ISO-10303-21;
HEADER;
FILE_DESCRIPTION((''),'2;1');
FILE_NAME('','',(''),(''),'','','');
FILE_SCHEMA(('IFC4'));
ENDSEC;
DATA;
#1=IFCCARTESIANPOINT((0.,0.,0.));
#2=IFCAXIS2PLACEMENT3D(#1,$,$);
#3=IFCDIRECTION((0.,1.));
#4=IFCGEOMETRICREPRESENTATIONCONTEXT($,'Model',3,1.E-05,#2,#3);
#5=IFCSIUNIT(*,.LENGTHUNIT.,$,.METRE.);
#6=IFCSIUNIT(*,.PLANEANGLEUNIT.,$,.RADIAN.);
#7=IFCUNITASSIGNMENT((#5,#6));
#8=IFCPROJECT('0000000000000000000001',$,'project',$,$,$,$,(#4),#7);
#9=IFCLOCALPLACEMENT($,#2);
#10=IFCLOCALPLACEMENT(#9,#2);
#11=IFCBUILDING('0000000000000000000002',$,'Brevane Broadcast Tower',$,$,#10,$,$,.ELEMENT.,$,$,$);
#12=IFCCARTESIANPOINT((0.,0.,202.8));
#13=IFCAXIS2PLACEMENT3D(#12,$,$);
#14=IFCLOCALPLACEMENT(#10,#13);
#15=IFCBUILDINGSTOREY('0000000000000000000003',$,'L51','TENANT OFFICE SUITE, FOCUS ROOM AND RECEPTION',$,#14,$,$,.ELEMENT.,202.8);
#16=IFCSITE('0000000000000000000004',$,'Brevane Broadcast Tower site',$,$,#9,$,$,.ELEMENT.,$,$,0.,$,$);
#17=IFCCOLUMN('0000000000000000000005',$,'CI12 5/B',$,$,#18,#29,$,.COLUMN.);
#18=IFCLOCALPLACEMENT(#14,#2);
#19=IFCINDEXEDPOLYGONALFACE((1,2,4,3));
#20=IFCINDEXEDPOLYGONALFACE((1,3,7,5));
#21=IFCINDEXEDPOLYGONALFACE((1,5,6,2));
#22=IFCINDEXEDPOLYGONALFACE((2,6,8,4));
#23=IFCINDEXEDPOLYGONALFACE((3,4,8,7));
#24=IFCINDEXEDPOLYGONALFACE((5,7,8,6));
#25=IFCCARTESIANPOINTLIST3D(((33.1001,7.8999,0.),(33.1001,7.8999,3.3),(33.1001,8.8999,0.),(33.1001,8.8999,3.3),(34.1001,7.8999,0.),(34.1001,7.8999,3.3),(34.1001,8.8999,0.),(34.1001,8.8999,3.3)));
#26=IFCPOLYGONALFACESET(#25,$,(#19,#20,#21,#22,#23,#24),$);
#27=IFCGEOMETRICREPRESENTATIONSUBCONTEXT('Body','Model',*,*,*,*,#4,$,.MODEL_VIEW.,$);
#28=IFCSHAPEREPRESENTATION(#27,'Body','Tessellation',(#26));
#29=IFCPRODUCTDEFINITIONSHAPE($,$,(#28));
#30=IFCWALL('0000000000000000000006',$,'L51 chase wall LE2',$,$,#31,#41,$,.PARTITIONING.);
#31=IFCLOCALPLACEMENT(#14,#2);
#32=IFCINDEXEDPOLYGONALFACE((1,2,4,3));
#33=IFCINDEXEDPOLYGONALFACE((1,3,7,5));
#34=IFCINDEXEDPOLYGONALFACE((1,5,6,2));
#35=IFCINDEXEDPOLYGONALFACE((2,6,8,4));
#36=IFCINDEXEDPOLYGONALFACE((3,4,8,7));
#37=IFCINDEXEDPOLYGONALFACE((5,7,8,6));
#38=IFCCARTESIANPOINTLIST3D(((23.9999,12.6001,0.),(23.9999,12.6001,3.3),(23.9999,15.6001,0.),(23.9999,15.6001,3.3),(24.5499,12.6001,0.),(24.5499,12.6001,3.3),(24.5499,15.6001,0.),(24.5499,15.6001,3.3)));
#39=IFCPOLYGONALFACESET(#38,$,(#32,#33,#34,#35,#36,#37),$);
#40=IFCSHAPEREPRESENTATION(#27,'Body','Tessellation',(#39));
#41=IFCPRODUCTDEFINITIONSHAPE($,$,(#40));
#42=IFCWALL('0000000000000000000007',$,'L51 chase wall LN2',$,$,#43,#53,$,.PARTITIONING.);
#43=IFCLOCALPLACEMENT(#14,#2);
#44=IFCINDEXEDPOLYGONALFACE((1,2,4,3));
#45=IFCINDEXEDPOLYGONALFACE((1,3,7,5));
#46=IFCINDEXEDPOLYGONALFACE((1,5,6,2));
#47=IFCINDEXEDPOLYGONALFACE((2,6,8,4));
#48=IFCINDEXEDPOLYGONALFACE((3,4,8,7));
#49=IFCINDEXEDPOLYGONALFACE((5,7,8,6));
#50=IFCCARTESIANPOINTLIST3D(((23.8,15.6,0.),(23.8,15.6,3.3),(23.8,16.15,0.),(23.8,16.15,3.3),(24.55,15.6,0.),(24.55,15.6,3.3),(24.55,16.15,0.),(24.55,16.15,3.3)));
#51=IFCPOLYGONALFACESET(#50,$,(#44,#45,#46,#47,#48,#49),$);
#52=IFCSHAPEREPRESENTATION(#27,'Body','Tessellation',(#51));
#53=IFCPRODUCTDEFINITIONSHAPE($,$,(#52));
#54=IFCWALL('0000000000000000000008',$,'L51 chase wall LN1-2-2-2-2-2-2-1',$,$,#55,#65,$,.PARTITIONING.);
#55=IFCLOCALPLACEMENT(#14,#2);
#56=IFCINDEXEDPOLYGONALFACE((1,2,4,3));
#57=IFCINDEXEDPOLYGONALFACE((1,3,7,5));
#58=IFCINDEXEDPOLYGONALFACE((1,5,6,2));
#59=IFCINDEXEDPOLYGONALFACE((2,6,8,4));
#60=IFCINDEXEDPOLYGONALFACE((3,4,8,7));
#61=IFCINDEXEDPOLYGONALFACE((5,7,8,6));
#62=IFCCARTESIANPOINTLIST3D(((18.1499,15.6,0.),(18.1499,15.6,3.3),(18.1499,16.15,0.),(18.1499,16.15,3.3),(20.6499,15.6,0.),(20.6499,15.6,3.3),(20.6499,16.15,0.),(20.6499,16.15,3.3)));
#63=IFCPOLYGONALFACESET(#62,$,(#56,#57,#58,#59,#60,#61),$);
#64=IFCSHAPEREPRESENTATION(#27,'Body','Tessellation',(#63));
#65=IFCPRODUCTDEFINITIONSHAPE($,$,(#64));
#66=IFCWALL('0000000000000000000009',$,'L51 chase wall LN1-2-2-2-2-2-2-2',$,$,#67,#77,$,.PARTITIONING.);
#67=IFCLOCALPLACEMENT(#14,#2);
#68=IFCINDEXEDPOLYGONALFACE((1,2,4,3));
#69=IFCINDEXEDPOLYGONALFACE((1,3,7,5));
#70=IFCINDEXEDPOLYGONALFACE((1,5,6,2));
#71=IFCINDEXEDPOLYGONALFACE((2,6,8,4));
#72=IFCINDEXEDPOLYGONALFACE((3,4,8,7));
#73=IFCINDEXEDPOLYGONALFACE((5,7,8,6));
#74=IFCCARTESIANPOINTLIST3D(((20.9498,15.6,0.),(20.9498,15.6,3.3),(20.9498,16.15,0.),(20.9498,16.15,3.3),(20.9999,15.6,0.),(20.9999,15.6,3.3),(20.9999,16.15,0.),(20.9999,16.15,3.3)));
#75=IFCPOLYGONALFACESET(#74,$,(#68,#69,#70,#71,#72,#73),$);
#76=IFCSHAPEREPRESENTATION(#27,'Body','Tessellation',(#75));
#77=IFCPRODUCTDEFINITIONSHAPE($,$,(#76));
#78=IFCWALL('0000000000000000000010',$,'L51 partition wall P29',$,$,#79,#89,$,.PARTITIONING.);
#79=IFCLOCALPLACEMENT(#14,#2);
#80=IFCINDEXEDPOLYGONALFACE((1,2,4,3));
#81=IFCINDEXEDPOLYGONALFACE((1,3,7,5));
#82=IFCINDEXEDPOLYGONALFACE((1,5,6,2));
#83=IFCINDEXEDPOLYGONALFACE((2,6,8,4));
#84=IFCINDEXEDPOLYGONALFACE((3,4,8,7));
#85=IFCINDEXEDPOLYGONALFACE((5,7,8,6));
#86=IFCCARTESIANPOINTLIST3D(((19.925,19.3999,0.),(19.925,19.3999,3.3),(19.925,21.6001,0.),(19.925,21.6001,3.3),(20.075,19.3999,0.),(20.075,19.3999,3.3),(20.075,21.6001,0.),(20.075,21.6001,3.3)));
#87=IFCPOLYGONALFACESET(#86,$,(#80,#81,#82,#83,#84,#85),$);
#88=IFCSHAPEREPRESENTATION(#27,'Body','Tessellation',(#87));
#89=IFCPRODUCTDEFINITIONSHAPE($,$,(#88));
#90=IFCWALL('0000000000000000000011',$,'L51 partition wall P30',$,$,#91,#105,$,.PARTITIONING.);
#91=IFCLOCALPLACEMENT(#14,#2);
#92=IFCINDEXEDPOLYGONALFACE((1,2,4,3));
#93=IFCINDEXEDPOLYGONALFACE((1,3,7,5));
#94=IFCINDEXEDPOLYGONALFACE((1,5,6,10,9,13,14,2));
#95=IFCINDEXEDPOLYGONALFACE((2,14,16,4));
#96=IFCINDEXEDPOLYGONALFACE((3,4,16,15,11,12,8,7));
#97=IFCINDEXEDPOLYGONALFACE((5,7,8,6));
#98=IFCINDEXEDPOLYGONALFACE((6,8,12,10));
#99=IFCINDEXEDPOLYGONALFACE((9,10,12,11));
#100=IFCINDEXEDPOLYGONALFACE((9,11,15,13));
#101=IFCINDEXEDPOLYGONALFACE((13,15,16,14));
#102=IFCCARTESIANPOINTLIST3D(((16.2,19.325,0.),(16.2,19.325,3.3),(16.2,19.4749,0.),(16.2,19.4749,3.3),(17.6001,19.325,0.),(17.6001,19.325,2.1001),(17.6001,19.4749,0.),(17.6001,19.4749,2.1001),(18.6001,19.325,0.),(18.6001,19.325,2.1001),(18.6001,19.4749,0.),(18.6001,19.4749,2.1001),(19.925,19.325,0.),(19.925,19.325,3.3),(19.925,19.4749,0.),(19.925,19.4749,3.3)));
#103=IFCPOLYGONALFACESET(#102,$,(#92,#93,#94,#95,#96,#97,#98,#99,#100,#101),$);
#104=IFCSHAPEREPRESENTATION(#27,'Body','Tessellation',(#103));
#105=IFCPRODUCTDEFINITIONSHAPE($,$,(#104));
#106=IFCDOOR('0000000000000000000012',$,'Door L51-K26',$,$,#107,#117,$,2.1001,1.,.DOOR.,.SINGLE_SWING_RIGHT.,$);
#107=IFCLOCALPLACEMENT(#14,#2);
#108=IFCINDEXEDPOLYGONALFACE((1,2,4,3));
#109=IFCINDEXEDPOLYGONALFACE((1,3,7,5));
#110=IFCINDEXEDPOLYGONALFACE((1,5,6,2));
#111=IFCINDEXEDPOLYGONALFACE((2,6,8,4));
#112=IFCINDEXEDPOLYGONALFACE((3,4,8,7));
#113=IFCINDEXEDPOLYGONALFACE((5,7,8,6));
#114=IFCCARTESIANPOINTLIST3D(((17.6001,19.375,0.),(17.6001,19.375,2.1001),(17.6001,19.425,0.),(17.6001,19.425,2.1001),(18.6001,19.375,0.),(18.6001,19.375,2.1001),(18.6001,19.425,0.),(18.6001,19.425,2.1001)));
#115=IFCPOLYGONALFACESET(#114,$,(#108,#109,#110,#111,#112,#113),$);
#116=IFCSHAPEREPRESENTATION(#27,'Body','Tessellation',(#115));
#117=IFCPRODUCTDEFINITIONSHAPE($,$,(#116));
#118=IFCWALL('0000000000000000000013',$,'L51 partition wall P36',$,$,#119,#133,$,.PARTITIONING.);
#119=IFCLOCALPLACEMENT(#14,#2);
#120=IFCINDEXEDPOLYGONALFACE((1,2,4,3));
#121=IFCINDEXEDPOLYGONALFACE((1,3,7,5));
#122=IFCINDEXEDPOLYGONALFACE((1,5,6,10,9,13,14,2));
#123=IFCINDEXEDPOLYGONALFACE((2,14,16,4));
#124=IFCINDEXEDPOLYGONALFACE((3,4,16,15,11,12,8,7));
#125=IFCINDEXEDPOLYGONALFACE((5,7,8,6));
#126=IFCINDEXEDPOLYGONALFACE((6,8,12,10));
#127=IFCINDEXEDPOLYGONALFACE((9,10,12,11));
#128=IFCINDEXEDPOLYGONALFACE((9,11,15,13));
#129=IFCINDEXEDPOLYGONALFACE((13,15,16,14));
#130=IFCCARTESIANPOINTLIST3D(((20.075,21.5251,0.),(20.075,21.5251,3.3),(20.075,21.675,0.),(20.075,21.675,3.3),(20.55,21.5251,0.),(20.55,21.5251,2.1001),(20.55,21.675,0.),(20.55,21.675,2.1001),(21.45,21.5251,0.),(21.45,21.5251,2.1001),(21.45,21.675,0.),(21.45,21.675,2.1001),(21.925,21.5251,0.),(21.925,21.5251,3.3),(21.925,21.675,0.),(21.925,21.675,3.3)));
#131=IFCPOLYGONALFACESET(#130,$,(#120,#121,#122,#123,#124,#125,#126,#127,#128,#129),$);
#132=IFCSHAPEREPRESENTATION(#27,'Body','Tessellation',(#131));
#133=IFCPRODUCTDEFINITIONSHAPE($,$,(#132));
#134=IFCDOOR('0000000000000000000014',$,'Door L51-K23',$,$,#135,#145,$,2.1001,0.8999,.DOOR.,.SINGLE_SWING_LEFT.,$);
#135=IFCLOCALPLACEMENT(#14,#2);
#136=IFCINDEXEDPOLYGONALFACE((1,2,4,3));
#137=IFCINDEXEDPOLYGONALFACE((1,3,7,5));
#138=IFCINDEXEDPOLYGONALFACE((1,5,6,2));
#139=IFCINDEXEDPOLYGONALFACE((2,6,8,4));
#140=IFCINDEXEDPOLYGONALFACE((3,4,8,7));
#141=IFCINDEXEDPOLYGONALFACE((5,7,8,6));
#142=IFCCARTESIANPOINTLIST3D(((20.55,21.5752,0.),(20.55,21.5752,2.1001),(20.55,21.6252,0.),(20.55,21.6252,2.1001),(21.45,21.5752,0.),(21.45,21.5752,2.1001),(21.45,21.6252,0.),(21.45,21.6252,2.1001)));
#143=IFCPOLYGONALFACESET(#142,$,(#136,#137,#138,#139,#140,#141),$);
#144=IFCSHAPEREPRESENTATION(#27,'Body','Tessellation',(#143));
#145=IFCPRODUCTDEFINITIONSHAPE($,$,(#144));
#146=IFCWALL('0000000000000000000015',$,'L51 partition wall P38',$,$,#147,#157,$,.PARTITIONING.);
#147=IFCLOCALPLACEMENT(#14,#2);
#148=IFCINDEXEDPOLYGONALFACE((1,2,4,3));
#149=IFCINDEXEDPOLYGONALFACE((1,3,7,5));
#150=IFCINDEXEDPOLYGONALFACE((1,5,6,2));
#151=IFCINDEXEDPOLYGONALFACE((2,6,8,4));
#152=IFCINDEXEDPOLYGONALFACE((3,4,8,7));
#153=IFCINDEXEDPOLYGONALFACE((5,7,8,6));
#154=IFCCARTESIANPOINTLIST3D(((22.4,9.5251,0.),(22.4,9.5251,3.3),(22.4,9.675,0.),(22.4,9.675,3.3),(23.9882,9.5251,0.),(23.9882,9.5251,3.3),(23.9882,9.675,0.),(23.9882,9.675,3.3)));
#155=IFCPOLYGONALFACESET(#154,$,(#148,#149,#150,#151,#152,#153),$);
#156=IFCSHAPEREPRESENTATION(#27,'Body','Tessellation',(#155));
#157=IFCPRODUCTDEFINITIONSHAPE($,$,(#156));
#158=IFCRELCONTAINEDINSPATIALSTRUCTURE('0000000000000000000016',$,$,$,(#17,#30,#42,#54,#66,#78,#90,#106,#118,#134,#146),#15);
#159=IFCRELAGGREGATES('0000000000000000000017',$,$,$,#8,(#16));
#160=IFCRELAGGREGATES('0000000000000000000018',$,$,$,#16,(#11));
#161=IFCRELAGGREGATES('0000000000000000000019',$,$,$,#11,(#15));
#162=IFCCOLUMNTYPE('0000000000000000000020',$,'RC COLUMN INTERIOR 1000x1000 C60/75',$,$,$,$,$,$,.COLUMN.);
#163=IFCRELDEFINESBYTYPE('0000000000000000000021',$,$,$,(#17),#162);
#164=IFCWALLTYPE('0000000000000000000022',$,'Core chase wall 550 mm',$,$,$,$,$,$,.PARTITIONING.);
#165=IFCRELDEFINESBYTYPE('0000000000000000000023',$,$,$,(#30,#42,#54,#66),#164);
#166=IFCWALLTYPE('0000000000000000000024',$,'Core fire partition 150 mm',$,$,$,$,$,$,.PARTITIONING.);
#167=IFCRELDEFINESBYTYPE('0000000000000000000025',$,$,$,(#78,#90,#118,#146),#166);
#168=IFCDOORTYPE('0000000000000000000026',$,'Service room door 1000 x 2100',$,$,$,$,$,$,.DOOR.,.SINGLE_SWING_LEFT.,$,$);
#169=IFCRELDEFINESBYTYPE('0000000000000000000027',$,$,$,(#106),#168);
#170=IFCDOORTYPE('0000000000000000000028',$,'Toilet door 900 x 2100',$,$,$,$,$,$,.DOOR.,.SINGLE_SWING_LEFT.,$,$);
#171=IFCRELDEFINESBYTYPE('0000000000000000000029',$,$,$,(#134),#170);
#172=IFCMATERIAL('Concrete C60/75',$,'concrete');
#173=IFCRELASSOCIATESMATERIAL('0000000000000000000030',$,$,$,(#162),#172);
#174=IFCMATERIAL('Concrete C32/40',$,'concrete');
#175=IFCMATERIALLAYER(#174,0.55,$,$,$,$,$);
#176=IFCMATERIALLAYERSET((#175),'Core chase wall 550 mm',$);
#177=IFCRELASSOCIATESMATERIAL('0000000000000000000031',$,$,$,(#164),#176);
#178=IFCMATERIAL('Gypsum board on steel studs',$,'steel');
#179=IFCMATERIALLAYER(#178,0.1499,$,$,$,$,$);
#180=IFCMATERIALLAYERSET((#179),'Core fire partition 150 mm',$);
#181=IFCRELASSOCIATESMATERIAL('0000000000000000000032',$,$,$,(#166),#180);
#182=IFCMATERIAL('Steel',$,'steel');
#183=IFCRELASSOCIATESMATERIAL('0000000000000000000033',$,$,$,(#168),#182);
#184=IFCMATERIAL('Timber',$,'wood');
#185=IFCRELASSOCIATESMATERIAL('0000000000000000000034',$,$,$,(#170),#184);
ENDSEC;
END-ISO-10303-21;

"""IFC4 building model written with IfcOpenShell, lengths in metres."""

from ifc_helpers import new_model, si_unit, direction, frame, frame_2d, origin, origin_2d, place, context, subcontext, project, spatial, rectangle, extrude, material, layer, layer_set, material_profile, profile_set, type_object, element, fill, save


model = new_model("IFC4")

# Units and contexts
model_context = context("Model", 3, precision=1e-05, world=origin(), true_north=direction((0.0, 1.0)))
body_context = subcontext(model_context, "Body", "Model", "MODEL_VIEW")
ifc_project = project(units=[si_unit("LENGTHUNIT", "METRE"), si_unit("PLANEANGLEUNIT", "RADIAN")], contexts=[model_context])

# Site, building, storey
site_placement = place(None, origin())
site = spatial("IfcSite", under=ifc_project, at=site_placement, Name="Brevane Broadcast Tower site", CompositionType="ELEMENT", RefElevation=0.0)
building_placement = place(site_placement, origin())
building = spatial("IfcBuilding", under=site, at=building_placement, Name="Brevane Broadcast Tower", CompositionType="ELEMENT")
storey_placement = place(building_placement, frame((0.0, 0.0, 202.8)))
storey = spatial("IfcBuildingStorey", under=building, at=storey_placement, Name="L51", Description="TENANT OFFICE SUITE, FOCUS ROOM AND RECEPTION", CompositionType="ELEMENT", Elevation=202.8)

# Column
ifc_material_1 = material(Name="Concrete C60/75", Category="concrete")
ifc_material_profile = material_profile(ifc_material_1, rectangle(XDim=1.0, YDim=1.0, at=origin_2d()), Name="RC 1000x1000")
ifc_profile_set = profile_set([ifc_material_profile], Name="Concrete C60/75")
column_type = type_object("IfcColumnType", Name="RC COLUMN INTERIOR 1000x1000 C60/75", PredefinedType="COLUMN", material=ifc_profile_set)
column_placement = place(storey_placement, frame((33.6001, 8.3999, 0.0), z_axis=(0.0, 0.0, 1.0), x_axis=(1.0, 0.0, 0.0)))
element("IfcColumn", 1, at=column_placement, inside=storey, type_object=column_type, Name="CI12 5/B", PredefinedType="COLUMN", context=body_context, shape_type="SweptSolid", body=[
    extrude(rectangle(XDim=1.0, YDim=1.0, at=origin_2d()), origin(), (0.0, 0.0, 1.0), 3.3),
])

# Walls
ifc_material_2 = material(Name="Concrete C32/40", Category="concrete")
ifc_layer_1 = layer(ifc_material_2, 0.55)
ifc_layer_set_1 = layer_set([ifc_layer_1], Name="Core chase wall 550 mm")
wall_type_1 = type_object("IfcWallType", Name="Core chase wall 550 mm", PredefinedType="PARTITIONING", material=ifc_layer_set_1)
wall_1_placement = place(storey_placement, frame((24.2749, 12.6001, 0.0), z_axis=(0.0, 0.0, 1.0), x_axis=(0.0, 1.0, 0.0)))
element("IfcWall", 2, at=wall_1_placement, inside=storey, type_object=wall_type_1, Name="L51 chase wall LE2", PredefinedType="PARTITIONING", context=body_context, shape_type="SweptSolid", body=[
    extrude(rectangle(XDim=3.0, YDim=0.55, at=frame_2d((1.5, 0.0))), origin(), (0.0, 0.0, 1.0), 3.3),
])
wall_2_placement = place(storey_placement, frame((23.8, 15.875, 0.0), z_axis=(0.0, 0.0, 1.0), x_axis=(1.0, 0.0, 0.0)))
element("IfcWall", 3, at=wall_2_placement, inside=storey, type_object=wall_type_1, Name="L51 chase wall LN2", PredefinedType="PARTITIONING", context=body_context, shape_type="SweptSolid", body=[
    extrude(rectangle(XDim=0.75, YDim=0.55, at=frame_2d((0.375, 0.0))), origin(), (0.0, 0.0, 1.0), 3.3),
])
wall_3_placement = place(storey_placement, frame((18.1499, 15.875, 0.0), z_axis=(0.0, 0.0, 1.0), x_axis=(1.0, 0.0, 0.0)))
element("IfcWall", 4, at=wall_3_placement, inside=storey, type_object=wall_type_1, Name="L51 chase wall LN1-2-2-2-2-2-2-1", PredefinedType="PARTITIONING", context=body_context, shape_type="SweptSolid", body=[
    extrude(rectangle(XDim=2.5, YDim=0.55, at=frame_2d((1.25, 0.0))), origin(), (0.0, 0.0, 1.0), 3.3),
])
wall_4_placement = place(storey_placement, frame((20.95, 15.875, 0.0), z_axis=(0.0, 0.0, 1.0), x_axis=(1.0, 0.0, 0.0)))
element("IfcWall", 5, at=wall_4_placement, inside=storey, type_object=wall_type_1, Name="L51 chase wall LN1-2-2-2-2-2-2-2", PredefinedType="PARTITIONING", context=body_context, shape_type="SweptSolid", body=[
    extrude(rectangle(XDim=0.05, YDim=0.55, at=frame_2d((0.0249, 0.0))), origin(), (0.0, 0.0, 1.0), 3.3),
])
ifc_material_3 = material(Name="Gypsum board on steel studs", Category="steel")
ifc_layer_2 = layer(ifc_material_3, 0.1499)
ifc_layer_set_2 = layer_set([ifc_layer_2], Name="Core fire partition 150 mm")
wall_type_2 = type_object("IfcWallType", Name="Core fire partition 150 mm", PredefinedType="PARTITIONING", material=ifc_layer_set_2)
wall_5_placement = place(storey_placement, frame((20.0, 21.6001, 0.0), z_axis=(0.0, 0.0, 1.0), x_axis=(0.0, -1.0, 0.0)))
element("IfcWall", 6, at=wall_5_placement, inside=storey, type_object=wall_type_2, Name="L51 partition wall P29", PredefinedType="PARTITIONING", context=body_context, shape_type="SweptSolid", body=[
    extrude(rectangle(XDim=2.2002, YDim=0.1499, at=frame_2d((1.1001, 0.0))), origin(), (0.0, 0.0, 1.0), 3.3),
])

# Walls, openings, doors
wall_6_placement = place(storey_placement, frame((19.925, 19.3999, 0.0), z_axis=(0.0, 0.0, 1.0), x_axis=(-1.0, 0.0, 0.0)))
wall_6 = element("IfcWall", 7, at=wall_6_placement, inside=storey, type_object=wall_type_2, Name="L51 partition wall P30", PredefinedType="PARTITIONING", context=body_context, shape_type="SweptSolid", body=[
    extrude(rectangle(XDim=3.7251, YDim=0.1499, at=frame_2d((1.8625, 0.0))), origin(), (0.0, 0.0, 1.0), 3.3),
])
opening_1_placement = place(wall_6_placement, frame((1.325, 0.0, 0.0)))
opening_1 = element("IfcOpeningElement", 8, at=opening_1_placement, cuts=wall_6, PredefinedType="OPENING", context=body_context, shape_type="SweptSolid", body=[
    extrude(rectangle(XDim=1.0, YDim=2.1001, at=frame_2d((0.5, 1.05))), frame((0.0, 0.085, 0.0), z_axis=(0.0, -1.0, 0.0), x_axis=(1.0, 0.0, 0.0)), (0.0, 0.0, 1.0), 0.1699),
])
ifc_material_4 = material(Name="Steel", Category="steel")
door_type_1 = type_object("IfcDoorType", Name="Service room door 1000 x 2100", OperationType="SINGLE_SWING_LEFT", PredefinedType="DOOR", material=ifc_material_4)
door_1_placement = place(opening_1_placement, origin())
door_1 = element("IfcDoor", 9, at=door_1_placement, inside=storey, type_object=door_type_1, Name="Door L51-K26", OperationType="SINGLE_SWING_RIGHT", OverallHeight=2.1001, OverallWidth=1.0, PredefinedType="DOOR", context=body_context, shape_type="SweptSolid", body=[
    extrude(rectangle(XDim=1.0, YDim=2.1001, at=frame_2d((0.5, 1.05))), frame((0.0, 0.0249, 0.0), z_axis=(0.0, -1.0, 0.0), x_axis=(1.0, 0.0, 0.0)), (0.0, 0.0, 1.0), 0.05),
])
fill(opening_1, door_1)
wall_7_placement = place(storey_placement, frame((21.925, 21.6001, 0.0), z_axis=(0.0, 0.0, 1.0), x_axis=(-1.0, 0.0, 0.0)))
wall_7 = element("IfcWall", 10, at=wall_7_placement, inside=storey, type_object=wall_type_2, Name="L51 partition wall P36", PredefinedType="PARTITIONING", context=body_context, shape_type="SweptSolid", body=[
    extrude(rectangle(XDim=1.8501, YDim=0.1499, at=frame_2d((0.925, 0.0))), origin(), (0.0, 0.0, 1.0), 3.3),
])
opening_2_placement = place(wall_7_placement, frame((0.4751, 0.0, 0.0)))
opening_2 = element("IfcOpeningElement", 11, at=opening_2_placement, cuts=wall_7, PredefinedType="OPENING", context=body_context, shape_type="SweptSolid", body=[
    extrude(rectangle(XDim=0.8999, YDim=2.1001, at=frame_2d((0.45, 1.05))), frame((0.0, 0.085, 0.0), z_axis=(0.0, -1.0, 0.0), x_axis=(1.0, 0.0, 0.0)), (0.0, 0.0, 1.0), 0.1699),
])
ifc_material_5 = material(Name="Timber", Category="wood")
door_type_2 = type_object("IfcDoorType", Name="Toilet door 900 x 2100", OperationType="SINGLE_SWING_LEFT", PredefinedType="DOOR", material=ifc_material_5)
door_2_placement = place(opening_2_placement, origin())
door_2 = element("IfcDoor", 12, at=door_2_placement, inside=storey, type_object=door_type_2, Name="Door L51-K23", OperationType="SINGLE_SWING_LEFT", OverallHeight=2.1001, OverallWidth=0.8999, PredefinedType="DOOR", context=body_context, shape_type="SweptSolid", body=[
    extrude(rectangle(XDim=0.8999, YDim=2.1001, at=frame_2d((0.45, 1.05))), frame((0.0, 0.0249, 0.0), z_axis=(0.0, -1.0, 0.0), x_axis=(1.0, 0.0, 0.0)), (0.0, 0.0, 1.0), 0.05),
])
fill(opening_2, door_2)

# Wall
wall_8_placement = place(storey_placement, frame((23.988, 9.6001, 0.0), z_axis=(0.0, 0.0, 1.0), x_axis=(-1.0, 0.0, 0.0)))
element("IfcWall", 13, at=wall_8_placement, inside=storey, type_object=wall_type_2, Name="L51 partition wall P38", PredefinedType="PARTITIONING", context=body_context, shape_type="SweptSolid", body=[
    extrude(rectangle(XDim=1.5881, YDim=0.1499, at=frame_2d((0.7939, 0.0))), origin(), (0.0, 0.0, 1.0), 3.3),
])

save(model, "model.ifc")
